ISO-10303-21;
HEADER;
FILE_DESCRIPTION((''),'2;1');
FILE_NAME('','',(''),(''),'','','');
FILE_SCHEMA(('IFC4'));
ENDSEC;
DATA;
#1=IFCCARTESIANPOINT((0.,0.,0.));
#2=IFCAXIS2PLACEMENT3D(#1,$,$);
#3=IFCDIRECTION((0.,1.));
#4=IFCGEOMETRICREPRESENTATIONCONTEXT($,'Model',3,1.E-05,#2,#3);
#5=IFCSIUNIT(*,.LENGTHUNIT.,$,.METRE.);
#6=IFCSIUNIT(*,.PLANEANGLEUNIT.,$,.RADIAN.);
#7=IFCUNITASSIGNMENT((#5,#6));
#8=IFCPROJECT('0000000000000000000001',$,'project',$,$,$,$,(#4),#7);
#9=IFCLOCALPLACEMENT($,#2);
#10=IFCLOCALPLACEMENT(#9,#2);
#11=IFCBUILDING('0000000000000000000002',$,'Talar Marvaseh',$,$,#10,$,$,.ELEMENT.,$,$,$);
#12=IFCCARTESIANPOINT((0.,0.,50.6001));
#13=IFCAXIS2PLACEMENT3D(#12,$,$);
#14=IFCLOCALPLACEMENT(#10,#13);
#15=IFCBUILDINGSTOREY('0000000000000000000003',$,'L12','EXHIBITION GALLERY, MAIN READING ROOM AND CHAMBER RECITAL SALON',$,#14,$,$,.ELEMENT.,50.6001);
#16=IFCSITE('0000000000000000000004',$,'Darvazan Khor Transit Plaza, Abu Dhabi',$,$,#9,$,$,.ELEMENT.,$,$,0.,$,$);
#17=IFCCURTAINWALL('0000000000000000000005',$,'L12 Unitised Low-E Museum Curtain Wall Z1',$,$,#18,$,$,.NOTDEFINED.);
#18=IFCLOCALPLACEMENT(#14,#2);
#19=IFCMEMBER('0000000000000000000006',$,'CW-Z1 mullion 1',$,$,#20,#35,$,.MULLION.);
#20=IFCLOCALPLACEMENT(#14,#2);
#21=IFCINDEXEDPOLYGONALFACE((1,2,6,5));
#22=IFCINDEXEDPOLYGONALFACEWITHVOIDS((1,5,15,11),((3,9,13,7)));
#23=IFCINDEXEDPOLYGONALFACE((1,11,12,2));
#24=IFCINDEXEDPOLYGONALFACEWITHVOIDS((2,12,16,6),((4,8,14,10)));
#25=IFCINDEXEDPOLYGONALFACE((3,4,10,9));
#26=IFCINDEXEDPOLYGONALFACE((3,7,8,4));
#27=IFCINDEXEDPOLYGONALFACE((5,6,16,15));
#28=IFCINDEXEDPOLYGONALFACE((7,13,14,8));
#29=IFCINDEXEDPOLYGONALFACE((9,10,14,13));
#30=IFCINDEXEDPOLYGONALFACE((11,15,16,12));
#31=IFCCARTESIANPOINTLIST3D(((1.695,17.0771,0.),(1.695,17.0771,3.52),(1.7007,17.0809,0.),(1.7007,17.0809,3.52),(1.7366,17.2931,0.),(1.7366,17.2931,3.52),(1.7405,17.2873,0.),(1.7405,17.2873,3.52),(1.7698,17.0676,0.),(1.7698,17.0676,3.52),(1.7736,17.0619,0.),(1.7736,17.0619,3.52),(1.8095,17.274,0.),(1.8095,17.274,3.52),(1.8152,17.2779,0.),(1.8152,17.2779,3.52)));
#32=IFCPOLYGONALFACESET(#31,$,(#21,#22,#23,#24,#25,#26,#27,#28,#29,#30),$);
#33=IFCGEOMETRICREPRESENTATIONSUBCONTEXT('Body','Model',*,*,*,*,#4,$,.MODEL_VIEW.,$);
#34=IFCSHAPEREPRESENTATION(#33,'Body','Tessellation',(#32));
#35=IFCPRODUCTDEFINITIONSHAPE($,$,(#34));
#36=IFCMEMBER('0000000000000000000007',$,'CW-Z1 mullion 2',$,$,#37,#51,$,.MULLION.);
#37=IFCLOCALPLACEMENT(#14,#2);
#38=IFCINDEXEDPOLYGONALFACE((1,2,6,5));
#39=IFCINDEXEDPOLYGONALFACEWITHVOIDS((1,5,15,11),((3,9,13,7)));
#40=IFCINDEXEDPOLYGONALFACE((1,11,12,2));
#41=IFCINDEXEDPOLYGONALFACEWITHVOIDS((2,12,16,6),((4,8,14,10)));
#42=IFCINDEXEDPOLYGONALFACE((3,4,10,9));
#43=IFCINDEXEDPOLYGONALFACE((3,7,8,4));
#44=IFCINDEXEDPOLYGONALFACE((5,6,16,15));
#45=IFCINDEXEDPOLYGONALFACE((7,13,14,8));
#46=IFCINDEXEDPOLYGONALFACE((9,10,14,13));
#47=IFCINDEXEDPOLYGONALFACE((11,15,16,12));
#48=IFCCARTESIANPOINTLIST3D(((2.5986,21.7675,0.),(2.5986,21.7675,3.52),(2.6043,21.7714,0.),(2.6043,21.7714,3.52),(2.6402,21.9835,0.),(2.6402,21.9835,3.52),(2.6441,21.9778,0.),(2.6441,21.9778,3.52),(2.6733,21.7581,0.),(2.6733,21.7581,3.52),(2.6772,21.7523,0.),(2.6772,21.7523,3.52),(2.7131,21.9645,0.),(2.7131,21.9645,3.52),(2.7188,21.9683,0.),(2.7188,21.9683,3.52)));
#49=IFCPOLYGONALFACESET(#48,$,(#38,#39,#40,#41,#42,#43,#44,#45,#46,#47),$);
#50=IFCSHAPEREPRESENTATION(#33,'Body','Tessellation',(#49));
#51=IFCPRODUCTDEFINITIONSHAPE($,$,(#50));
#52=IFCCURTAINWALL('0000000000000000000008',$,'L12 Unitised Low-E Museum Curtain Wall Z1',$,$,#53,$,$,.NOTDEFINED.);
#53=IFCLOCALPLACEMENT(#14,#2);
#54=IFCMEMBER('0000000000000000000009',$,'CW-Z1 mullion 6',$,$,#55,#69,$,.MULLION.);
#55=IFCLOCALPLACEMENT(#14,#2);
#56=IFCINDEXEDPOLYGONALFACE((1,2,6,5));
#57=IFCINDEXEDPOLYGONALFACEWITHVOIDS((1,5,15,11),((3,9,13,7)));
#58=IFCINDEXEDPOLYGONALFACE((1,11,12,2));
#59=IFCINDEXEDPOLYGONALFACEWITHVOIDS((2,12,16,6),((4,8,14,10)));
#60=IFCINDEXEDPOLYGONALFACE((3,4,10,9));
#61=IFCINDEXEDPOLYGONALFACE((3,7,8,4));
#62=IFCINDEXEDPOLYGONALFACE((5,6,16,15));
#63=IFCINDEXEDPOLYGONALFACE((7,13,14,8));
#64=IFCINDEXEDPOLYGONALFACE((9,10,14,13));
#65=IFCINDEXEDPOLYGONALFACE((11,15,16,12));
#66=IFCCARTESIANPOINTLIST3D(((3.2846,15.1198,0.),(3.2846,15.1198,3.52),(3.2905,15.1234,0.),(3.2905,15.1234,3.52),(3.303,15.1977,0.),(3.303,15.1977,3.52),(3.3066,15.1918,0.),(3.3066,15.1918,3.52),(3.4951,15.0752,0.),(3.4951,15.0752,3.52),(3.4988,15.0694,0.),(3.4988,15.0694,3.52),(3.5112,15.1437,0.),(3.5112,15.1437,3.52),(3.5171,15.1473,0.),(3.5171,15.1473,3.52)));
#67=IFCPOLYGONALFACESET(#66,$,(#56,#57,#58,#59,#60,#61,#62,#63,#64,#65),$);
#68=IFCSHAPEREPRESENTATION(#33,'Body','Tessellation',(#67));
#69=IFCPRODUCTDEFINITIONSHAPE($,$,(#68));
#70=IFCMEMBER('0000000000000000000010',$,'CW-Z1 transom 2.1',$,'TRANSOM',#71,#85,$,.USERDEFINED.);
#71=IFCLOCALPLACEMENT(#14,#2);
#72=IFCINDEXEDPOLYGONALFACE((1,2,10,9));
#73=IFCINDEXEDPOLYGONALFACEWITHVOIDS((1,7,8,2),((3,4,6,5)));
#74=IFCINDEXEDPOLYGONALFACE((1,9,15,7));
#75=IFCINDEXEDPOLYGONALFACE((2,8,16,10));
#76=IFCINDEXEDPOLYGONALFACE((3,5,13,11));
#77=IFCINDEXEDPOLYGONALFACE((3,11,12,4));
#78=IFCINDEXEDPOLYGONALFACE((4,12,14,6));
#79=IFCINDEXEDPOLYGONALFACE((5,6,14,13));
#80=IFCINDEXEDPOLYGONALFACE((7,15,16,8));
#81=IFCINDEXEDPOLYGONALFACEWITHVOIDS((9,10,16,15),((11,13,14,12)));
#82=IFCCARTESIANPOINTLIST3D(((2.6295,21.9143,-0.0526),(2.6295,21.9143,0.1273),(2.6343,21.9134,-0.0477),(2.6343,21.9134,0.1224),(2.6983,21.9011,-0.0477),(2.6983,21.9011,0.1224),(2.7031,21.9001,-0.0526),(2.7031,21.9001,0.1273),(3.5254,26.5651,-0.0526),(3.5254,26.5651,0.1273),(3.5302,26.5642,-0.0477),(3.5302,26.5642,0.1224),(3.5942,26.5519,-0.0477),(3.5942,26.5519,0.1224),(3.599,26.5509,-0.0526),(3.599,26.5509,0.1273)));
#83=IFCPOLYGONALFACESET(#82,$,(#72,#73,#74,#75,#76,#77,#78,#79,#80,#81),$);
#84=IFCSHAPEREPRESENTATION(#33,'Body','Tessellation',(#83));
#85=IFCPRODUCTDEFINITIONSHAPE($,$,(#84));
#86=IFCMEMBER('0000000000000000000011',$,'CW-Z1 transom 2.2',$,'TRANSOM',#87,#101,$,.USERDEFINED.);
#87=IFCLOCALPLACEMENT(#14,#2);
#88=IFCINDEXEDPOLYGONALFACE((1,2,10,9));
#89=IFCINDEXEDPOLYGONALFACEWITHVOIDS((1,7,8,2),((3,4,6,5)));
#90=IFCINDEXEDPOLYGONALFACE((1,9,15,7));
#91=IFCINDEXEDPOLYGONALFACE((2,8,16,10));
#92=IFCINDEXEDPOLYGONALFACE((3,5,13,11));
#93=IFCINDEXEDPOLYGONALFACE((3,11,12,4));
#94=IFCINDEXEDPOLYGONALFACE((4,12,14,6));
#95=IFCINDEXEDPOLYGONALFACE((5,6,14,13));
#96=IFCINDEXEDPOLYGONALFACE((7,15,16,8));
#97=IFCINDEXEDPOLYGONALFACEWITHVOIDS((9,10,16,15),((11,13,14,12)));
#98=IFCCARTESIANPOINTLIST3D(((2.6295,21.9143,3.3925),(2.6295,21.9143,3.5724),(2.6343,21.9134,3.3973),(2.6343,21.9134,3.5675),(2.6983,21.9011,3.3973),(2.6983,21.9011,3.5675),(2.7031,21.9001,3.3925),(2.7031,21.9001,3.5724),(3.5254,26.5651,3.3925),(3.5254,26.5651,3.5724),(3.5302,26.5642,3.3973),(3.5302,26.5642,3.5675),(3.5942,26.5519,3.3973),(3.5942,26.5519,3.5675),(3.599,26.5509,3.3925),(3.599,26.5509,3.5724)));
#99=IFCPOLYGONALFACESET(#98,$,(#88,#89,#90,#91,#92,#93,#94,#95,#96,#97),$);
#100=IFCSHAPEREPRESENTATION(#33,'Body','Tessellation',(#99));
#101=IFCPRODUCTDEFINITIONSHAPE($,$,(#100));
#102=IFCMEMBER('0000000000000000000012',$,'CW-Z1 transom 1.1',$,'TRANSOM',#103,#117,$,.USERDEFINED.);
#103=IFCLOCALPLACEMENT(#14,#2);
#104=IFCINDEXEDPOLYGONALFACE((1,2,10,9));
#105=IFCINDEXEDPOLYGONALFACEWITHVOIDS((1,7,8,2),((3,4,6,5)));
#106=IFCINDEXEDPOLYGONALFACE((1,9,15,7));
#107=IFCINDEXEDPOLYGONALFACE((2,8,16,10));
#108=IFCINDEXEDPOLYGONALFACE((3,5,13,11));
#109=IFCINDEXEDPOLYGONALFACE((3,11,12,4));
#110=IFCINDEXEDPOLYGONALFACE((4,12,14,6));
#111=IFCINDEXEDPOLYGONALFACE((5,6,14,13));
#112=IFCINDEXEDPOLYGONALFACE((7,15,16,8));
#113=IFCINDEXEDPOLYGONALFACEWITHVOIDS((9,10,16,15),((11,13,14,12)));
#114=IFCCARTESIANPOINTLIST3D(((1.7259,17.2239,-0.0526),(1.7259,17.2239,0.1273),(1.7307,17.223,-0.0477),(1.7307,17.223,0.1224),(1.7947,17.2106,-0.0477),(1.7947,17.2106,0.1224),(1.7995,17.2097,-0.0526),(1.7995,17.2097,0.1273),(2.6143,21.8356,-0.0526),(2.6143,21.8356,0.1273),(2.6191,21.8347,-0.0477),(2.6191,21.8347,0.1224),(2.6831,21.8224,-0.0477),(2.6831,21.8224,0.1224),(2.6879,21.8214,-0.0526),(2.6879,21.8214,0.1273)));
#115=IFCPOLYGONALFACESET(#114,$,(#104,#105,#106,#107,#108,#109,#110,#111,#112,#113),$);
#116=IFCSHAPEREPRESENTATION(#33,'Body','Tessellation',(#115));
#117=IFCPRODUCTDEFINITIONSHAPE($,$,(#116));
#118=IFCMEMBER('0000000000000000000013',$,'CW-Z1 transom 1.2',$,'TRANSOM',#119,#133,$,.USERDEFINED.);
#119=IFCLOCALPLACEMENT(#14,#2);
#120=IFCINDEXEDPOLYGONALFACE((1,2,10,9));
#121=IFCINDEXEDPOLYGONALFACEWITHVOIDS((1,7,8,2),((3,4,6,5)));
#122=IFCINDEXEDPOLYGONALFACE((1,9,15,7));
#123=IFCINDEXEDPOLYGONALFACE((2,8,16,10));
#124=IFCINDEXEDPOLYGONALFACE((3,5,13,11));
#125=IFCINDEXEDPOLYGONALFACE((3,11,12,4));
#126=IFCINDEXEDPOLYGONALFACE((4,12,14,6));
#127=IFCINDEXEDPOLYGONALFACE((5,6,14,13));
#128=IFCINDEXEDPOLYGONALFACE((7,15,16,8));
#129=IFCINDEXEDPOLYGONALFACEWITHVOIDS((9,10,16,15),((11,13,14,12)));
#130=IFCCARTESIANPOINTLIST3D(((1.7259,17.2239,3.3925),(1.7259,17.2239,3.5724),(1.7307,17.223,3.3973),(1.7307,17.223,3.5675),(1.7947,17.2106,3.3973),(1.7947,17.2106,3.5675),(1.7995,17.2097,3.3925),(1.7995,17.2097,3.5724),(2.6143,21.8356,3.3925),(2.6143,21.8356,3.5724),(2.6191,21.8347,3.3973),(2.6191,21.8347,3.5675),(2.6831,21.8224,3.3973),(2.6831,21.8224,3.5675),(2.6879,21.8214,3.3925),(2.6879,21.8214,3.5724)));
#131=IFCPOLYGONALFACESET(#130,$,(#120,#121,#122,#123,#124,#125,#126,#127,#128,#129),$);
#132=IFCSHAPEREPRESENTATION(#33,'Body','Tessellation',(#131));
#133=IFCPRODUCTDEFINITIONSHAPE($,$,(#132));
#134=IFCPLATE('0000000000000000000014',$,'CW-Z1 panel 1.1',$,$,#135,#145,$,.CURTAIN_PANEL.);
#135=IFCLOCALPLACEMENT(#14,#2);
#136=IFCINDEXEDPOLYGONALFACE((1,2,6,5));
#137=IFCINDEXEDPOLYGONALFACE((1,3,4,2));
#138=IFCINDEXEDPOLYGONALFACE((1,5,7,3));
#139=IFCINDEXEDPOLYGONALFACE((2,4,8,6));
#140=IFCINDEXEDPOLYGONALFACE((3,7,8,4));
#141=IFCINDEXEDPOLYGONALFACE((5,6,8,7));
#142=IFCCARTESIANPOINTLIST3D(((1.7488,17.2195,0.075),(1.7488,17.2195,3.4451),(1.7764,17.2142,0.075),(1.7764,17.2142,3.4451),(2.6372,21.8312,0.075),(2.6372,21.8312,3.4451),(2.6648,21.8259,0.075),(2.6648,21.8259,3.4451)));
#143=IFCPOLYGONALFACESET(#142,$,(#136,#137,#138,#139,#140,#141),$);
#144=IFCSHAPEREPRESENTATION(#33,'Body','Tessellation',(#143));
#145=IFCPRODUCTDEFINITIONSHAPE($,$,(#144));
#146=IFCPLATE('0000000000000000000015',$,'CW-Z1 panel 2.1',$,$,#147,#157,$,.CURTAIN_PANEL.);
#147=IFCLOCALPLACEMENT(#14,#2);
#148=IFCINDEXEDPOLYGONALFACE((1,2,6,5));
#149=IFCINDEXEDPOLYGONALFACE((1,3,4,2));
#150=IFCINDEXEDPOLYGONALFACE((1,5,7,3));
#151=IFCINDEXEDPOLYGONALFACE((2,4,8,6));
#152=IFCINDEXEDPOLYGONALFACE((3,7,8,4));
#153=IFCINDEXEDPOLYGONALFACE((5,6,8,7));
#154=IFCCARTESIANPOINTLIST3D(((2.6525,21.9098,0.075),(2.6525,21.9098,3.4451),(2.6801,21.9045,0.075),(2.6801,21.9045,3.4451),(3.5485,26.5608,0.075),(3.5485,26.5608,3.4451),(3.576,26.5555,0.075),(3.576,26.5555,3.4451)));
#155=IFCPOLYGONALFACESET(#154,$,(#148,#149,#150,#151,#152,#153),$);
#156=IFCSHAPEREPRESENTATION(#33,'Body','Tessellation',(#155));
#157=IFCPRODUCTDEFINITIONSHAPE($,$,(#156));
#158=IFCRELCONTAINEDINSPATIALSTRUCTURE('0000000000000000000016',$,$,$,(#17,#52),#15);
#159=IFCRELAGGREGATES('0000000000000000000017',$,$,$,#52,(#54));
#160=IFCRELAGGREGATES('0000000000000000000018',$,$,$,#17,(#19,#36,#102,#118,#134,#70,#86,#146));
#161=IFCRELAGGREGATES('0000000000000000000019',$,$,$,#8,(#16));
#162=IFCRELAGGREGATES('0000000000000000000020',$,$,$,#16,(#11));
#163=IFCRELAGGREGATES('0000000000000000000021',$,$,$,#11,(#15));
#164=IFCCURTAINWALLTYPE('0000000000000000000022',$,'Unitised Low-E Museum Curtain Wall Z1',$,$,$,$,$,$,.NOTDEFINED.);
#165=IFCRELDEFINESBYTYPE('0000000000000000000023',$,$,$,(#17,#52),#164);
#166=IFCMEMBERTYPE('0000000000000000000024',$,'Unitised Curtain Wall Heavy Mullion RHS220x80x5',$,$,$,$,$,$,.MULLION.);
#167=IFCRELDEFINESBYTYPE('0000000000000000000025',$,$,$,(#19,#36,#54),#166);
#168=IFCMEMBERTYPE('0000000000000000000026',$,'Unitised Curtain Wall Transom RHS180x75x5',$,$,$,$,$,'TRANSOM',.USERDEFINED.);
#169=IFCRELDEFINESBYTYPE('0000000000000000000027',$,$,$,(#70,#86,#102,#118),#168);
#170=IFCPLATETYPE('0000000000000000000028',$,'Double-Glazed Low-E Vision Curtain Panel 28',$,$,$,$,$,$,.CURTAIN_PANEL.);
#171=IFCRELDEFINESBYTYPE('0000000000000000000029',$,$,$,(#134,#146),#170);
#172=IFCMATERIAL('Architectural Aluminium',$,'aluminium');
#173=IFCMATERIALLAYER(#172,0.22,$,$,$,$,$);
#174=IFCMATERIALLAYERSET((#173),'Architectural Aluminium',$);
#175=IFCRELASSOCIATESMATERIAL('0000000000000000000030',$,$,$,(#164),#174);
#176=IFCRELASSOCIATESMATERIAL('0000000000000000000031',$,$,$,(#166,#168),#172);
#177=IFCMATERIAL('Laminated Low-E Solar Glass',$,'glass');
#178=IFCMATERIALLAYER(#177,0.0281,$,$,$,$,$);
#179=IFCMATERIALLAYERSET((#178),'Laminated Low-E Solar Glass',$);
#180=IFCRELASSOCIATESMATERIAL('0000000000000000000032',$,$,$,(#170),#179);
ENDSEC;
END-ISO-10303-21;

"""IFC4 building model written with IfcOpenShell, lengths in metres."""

from ifc_helpers import new_model, si_unit, direction, frame, origin, origin_2d, place, context, subcontext, project, spatial, rectangle, hollow_rectangle, extrude, source, transform, mapped, material, layer, layer_set, material_profile, profile_set, type_object, type_shapes, element, aggregate, save


model = new_model("IFC4")

# Units and contexts
model_context = context("Model", 3, precision=1e-05, world=origin(), true_north=direction((0.0, 1.0)))
body_context = subcontext(model_context, "Body", "Model", "MODEL_VIEW")
ifc_project = project(units=[si_unit("LENGTHUNIT", "METRE"), si_unit("PLANEANGLEUNIT", "RADIAN")], contexts=[model_context])

# Site, building, storey
site_placement = place(None, origin())
site = spatial("IfcSite", under=ifc_project, at=site_placement, Name="Darvazan Khor Transit Plaza, Abu Dhabi", CompositionType="ELEMENT", RefElevation=0.0)
building_placement = place(site_placement, origin())
building = spatial("IfcBuilding", under=site, at=building_placement, Name="Talar Marvaseh", CompositionType="ELEMENT")
storey_placement = place(building_placement, frame((0.0, 0.0, 50.6001)))
storey = spatial("IfcBuildingStorey", under=building, at=storey_placement, Name="L12", Description="EXHIBITION GALLERY, MAIN READING ROOM AND CHAMBER RECITAL SALON", CompositionType="ELEMENT", Elevation=50.6001)

# Curtain wall, members
ifc_material_1 = material(Name="Architectural Aluminium", Category="aluminium")
ifc_layer_1 = layer(ifc_material_1, 0.22)
ifc_layer_set_1 = layer_set([ifc_layer_1], Name="Architectural Aluminium")
curtain_wall_type = type_object("IfcCurtainWallType", Name="Unitised Low-E Museum Curtain Wall Z1", PredefinedType="NOTDEFINED", material=ifc_layer_set_1)
curtain_wall_1_placement = place(storey_placement, origin())
curtain_wall_1 = element("IfcCurtainWall", 1, at=curtain_wall_1_placement, inside=storey, type_object=curtain_wall_type, Name="L12 Unitised Low-E Museum Curtain Wall Z1", PredefinedType="NOTDEFINED")
ifc_material_profile_1 = material_profile(ifc_material_1, hollow_rectangle(XDim=0.0801, YDim=0.22, WallThickness=0.0049, at=origin_2d()), Name="RHS220x80x5")
ifc_profile_set_1 = profile_set([ifc_material_profile_1], Name="Architectural Aluminium")
member_type_1 = type_object("IfcMemberType", Name="Unitised Curtain Wall Heavy Mullion RHS220x80x5", PredefinedType="MULLION", material=ifc_profile_set_1)
shared_shape_1 = source(origin(), body_context, "Body", "SweptSolid", [
    extrude(hollow_rectangle(XDim=0.0801, YDim=0.22, WallThickness=0.0049, at=origin_2d()), origin(), (0.0, 0.0, 1.0), 3.52),
])
type_shapes(member_type_1, [shared_shape_1])
member_1_placement = place(storey_placement, frame((1.7551, 17.1775, 0.0), z_axis=(0.0, 0.0, 1.0), x_axis=(-0.981946, 0.189163, 0.0)))
member_1 = element("IfcMember", 2, at=member_1_placement, type_object=member_type_1, Name="CW-Z1 mullion 1", PredefinedType="MULLION", context=body_context, shape_type="MappedRepresentation", body=[
    mapped(shared_shape_1, transform((0.0, 0.0, 0.0), x_axis=(1.0, 0.0, 0.0), y_axis=(0.0, 1.0, 0.0), z_axis=(0.0, 0.0, 1.0), scale=1.0)),
])
member_2_placement = place(storey_placement, frame((2.6587, 21.8679, 0.0), z_axis=(0.0, 0.0, 1.0), x_axis=(-0.981946, 0.189163, 0.0)))
member_2 = element("IfcMember", 3, at=member_2_placement, type_object=member_type_1, Name="CW-Z1 mullion 2", PredefinedType="MULLION", context=body_context, shape_type="MappedRepresentation", body=[
    mapped(shared_shape_1, transform((0.0, 0.0, 0.0), x_axis=(1.0, 0.0, 0.0), y_axis=(0.0, 1.0, 0.0), z_axis=(0.0, 0.0, 1.0), scale=1.0)),
])

# Curtain wall, member
curtain_wall_2_placement = place(storey_placement, origin())
curtain_wall_2 = element("IfcCurtainWall", 4, at=curtain_wall_2_placement, inside=storey, type_object=curtain_wall_type, Name="L12 Unitised Low-E Museum Curtain Wall Z1", PredefinedType="NOTDEFINED")
member_3_placement = place(storey_placement, frame((3.4009, 15.1335, 0.0), z_axis=(0.0, 0.0, 1.0), x_axis=(-0.229053, -0.973414, 0.0)))
member_3 = element("IfcMember", 5, at=member_3_placement, type_object=member_type_1, Name="CW-Z1 mullion 6", PredefinedType="MULLION", context=body_context, shape_type="MappedRepresentation", body=[
    mapped(shared_shape_1, transform((0.0, 0.0, 0.0), x_axis=(1.0, 0.0, 0.0), y_axis=(0.0, 1.0, 0.0), z_axis=(0.0, 0.0, 1.0), scale=1.0)),
])
aggregate(curtain_wall_2, [member_3])

# Members
ifc_material_profile_2 = material_profile(ifc_material_1, hollow_rectangle(XDim=0.075, YDim=0.1799, WallThickness=0.0049, at=origin_2d()), Name="RHS180x75x5")
ifc_profile_set_2 = profile_set([ifc_material_profile_2], Name="Architectural Aluminium")
member_type_2 = type_object("IfcMemberType", Name="Unitised Curtain Wall Transom RHS180x75x5", ElementType="TRANSOM", PredefinedType="USERDEFINED", material=ifc_profile_set_2)
shared_shape_2 = source(origin(), body_context, "Body", "SweptSolid", [
    extrude(hollow_rectangle(XDim=0.075, YDim=0.1799, WallThickness=0.0049, at=origin_2d()), origin(), (0.0, 0.0, 1.0), 4.7363),
])
member_4_placement = place(storey_placement, frame((2.6663, 21.9072, 0.0374), z_axis=(0.189172, 0.981944, 0.0), x_axis=(-0.981944, 0.189172, 0.0)))
member_4 = element("IfcMember", 6, at=member_4_placement, type_object=member_type_2, Name="CW-Z1 transom 2.1", ObjectType="TRANSOM", PredefinedType="USERDEFINED", context=body_context, shape_type="MappedRepresentation", body=[
    mapped(shared_shape_2, transform((0.0, 0.0, 0.0), x_axis=(1.0, 0.0, 0.0), y_axis=(0.0, 1.0, 0.0), z_axis=(0.0, 0.0, 1.0), scale=1.0)),
])
member_5_placement = place(storey_placement, frame((2.6663, 21.9072, 3.4824), z_axis=(0.189172, 0.981944, 0.0), x_axis=(-0.981944, 0.189172, 0.0)))
member_5 = element("IfcMember", 7, at=member_5_placement, type_object=member_type_2, Name="CW-Z1 transom 2.2", ObjectType="TRANSOM", PredefinedType="USERDEFINED", context=body_context, shape_type="MappedRepresentation", body=[
    mapped(shared_shape_2, transform((0.0, 0.0, 0.0), x_axis=(1.0, 0.0, 0.0), y_axis=(0.0, 1.0, 0.0), z_axis=(0.0, 0.0, 1.0), scale=1.0)),
])
shared_shape_3 = source(origin(), body_context, "Body", "SweptSolid", [
    extrude(hollow_rectangle(XDim=0.075, YDim=0.1799, WallThickness=0.0049, at=origin_2d()), origin(), (0.0, 0.0, 1.0), 4.6965),
])
type_shapes(member_type_2, [shared_shape_2, shared_shape_3])
member_6_placement = place(storey_placement, frame((1.7627, 17.2168, 0.0374), z_axis=(0.189164, 0.981946, 0.0), x_axis=(-0.981946, 0.189164, 0.0)))
member_6 = element("IfcMember", 8, at=member_6_placement, type_object=member_type_2, Name="CW-Z1 transom 1.1", ObjectType="TRANSOM", PredefinedType="USERDEFINED", context=body_context, shape_type="MappedRepresentation", body=[
    mapped(shared_shape_3, transform((0.0, 0.0, 0.0), x_axis=(1.0, 0.0, 0.0), y_axis=(0.0, 1.0, 0.0), z_axis=(0.0, 0.0, 1.0), scale=1.0)),
])
member_7_placement = place(storey_placement, frame((1.7627, 17.2168, 3.4824), z_axis=(0.189164, 0.981946, 0.0), x_axis=(-0.981946, 0.189164, 0.0)))
member_7 = element("IfcMember", 9, at=member_7_placement, type_object=member_type_2, Name="CW-Z1 transom 1.2", ObjectType="TRANSOM", PredefinedType="USERDEFINED", context=body_context, shape_type="MappedRepresentation", body=[
    mapped(shared_shape_3, transform((0.0, 0.0, 0.0), x_axis=(1.0, 0.0, 0.0), y_axis=(0.0, 1.0, 0.0), z_axis=(0.0, 0.0, 1.0), scale=1.0)),
])

# Plates
ifc_material_2 = material(Name="Laminated Low-E Solar Glass", Category="glass")
ifc_layer_2 = layer(ifc_material_2, 0.0281)
ifc_layer_set_2 = layer_set([ifc_layer_2], Name="Laminated Low-E Solar Glass")
plate_type = type_object("IfcPlateType", Name="Double-Glazed Low-E Vision Curtain Panel 28", PredefinedType="CURTAIN_PANEL", material=ifc_layer_set_2)
shared_shape_4 = source(origin(), body_context, "Body", "SweptSolid", [
    extrude(rectangle(XDim=4.6965, YDim=0.0281, at=origin_2d()), origin(), (0.0, 0.0, 1.0), 3.3701),
])
plate_1_placement = place(storey_placement, frame((2.2068, 19.5227, 0.075), z_axis=(0.0, 0.0, 1.0), x_axis=(0.189163, 0.981946, 0.0)))
plate_1 = element("IfcPlate", 10, at=plate_1_placement, type_object=plate_type, Name="CW-Z1 panel 1.1", PredefinedType="CURTAIN_PANEL", context=body_context, shape_type="MappedRepresentation", body=[
    mapped(shared_shape_4, transform((0.0, 0.0, 0.0), x_axis=(1.0, 0.0, 0.0), y_axis=(0.0, 1.0, 0.0), z_axis=(0.0, 0.0, 1.0), scale=1.0)),
])
shared_shape_5 = source(origin(), body_context, "Body", "SweptSolid", [
    extrude(rectangle(XDim=4.7366, YDim=0.0281, at=origin_2d()), origin(), (0.0, 0.0, 1.0), 3.3701),
])
type_shapes(plate_type, [shared_shape_4, shared_shape_5])
plate_2_placement = place(storey_placement, frame((3.1143, 24.2327, 0.075), z_axis=(0.0, 0.0, 1.0), x_axis=(0.189163, 0.981946, 0.0)))
plate_2 = element("IfcPlate", 11, at=plate_2_placement, type_object=plate_type, Name="CW-Z1 panel 2.1", PredefinedType="CURTAIN_PANEL", context=body_context, shape_type="MappedRepresentation", body=[
    mapped(shared_shape_5, transform((0.0, 0.0, 0.0), x_axis=(1.0, 0.0, 0.0), y_axis=(0.0, 1.0, 0.0), z_axis=(0.0, 0.0, 1.0), scale=1.0)),
])
aggregate(curtain_wall_1, [member_1, member_2, member_6, member_7, plate_1, member_4, member_5, plate_2])

save(model, "model.ifc")
